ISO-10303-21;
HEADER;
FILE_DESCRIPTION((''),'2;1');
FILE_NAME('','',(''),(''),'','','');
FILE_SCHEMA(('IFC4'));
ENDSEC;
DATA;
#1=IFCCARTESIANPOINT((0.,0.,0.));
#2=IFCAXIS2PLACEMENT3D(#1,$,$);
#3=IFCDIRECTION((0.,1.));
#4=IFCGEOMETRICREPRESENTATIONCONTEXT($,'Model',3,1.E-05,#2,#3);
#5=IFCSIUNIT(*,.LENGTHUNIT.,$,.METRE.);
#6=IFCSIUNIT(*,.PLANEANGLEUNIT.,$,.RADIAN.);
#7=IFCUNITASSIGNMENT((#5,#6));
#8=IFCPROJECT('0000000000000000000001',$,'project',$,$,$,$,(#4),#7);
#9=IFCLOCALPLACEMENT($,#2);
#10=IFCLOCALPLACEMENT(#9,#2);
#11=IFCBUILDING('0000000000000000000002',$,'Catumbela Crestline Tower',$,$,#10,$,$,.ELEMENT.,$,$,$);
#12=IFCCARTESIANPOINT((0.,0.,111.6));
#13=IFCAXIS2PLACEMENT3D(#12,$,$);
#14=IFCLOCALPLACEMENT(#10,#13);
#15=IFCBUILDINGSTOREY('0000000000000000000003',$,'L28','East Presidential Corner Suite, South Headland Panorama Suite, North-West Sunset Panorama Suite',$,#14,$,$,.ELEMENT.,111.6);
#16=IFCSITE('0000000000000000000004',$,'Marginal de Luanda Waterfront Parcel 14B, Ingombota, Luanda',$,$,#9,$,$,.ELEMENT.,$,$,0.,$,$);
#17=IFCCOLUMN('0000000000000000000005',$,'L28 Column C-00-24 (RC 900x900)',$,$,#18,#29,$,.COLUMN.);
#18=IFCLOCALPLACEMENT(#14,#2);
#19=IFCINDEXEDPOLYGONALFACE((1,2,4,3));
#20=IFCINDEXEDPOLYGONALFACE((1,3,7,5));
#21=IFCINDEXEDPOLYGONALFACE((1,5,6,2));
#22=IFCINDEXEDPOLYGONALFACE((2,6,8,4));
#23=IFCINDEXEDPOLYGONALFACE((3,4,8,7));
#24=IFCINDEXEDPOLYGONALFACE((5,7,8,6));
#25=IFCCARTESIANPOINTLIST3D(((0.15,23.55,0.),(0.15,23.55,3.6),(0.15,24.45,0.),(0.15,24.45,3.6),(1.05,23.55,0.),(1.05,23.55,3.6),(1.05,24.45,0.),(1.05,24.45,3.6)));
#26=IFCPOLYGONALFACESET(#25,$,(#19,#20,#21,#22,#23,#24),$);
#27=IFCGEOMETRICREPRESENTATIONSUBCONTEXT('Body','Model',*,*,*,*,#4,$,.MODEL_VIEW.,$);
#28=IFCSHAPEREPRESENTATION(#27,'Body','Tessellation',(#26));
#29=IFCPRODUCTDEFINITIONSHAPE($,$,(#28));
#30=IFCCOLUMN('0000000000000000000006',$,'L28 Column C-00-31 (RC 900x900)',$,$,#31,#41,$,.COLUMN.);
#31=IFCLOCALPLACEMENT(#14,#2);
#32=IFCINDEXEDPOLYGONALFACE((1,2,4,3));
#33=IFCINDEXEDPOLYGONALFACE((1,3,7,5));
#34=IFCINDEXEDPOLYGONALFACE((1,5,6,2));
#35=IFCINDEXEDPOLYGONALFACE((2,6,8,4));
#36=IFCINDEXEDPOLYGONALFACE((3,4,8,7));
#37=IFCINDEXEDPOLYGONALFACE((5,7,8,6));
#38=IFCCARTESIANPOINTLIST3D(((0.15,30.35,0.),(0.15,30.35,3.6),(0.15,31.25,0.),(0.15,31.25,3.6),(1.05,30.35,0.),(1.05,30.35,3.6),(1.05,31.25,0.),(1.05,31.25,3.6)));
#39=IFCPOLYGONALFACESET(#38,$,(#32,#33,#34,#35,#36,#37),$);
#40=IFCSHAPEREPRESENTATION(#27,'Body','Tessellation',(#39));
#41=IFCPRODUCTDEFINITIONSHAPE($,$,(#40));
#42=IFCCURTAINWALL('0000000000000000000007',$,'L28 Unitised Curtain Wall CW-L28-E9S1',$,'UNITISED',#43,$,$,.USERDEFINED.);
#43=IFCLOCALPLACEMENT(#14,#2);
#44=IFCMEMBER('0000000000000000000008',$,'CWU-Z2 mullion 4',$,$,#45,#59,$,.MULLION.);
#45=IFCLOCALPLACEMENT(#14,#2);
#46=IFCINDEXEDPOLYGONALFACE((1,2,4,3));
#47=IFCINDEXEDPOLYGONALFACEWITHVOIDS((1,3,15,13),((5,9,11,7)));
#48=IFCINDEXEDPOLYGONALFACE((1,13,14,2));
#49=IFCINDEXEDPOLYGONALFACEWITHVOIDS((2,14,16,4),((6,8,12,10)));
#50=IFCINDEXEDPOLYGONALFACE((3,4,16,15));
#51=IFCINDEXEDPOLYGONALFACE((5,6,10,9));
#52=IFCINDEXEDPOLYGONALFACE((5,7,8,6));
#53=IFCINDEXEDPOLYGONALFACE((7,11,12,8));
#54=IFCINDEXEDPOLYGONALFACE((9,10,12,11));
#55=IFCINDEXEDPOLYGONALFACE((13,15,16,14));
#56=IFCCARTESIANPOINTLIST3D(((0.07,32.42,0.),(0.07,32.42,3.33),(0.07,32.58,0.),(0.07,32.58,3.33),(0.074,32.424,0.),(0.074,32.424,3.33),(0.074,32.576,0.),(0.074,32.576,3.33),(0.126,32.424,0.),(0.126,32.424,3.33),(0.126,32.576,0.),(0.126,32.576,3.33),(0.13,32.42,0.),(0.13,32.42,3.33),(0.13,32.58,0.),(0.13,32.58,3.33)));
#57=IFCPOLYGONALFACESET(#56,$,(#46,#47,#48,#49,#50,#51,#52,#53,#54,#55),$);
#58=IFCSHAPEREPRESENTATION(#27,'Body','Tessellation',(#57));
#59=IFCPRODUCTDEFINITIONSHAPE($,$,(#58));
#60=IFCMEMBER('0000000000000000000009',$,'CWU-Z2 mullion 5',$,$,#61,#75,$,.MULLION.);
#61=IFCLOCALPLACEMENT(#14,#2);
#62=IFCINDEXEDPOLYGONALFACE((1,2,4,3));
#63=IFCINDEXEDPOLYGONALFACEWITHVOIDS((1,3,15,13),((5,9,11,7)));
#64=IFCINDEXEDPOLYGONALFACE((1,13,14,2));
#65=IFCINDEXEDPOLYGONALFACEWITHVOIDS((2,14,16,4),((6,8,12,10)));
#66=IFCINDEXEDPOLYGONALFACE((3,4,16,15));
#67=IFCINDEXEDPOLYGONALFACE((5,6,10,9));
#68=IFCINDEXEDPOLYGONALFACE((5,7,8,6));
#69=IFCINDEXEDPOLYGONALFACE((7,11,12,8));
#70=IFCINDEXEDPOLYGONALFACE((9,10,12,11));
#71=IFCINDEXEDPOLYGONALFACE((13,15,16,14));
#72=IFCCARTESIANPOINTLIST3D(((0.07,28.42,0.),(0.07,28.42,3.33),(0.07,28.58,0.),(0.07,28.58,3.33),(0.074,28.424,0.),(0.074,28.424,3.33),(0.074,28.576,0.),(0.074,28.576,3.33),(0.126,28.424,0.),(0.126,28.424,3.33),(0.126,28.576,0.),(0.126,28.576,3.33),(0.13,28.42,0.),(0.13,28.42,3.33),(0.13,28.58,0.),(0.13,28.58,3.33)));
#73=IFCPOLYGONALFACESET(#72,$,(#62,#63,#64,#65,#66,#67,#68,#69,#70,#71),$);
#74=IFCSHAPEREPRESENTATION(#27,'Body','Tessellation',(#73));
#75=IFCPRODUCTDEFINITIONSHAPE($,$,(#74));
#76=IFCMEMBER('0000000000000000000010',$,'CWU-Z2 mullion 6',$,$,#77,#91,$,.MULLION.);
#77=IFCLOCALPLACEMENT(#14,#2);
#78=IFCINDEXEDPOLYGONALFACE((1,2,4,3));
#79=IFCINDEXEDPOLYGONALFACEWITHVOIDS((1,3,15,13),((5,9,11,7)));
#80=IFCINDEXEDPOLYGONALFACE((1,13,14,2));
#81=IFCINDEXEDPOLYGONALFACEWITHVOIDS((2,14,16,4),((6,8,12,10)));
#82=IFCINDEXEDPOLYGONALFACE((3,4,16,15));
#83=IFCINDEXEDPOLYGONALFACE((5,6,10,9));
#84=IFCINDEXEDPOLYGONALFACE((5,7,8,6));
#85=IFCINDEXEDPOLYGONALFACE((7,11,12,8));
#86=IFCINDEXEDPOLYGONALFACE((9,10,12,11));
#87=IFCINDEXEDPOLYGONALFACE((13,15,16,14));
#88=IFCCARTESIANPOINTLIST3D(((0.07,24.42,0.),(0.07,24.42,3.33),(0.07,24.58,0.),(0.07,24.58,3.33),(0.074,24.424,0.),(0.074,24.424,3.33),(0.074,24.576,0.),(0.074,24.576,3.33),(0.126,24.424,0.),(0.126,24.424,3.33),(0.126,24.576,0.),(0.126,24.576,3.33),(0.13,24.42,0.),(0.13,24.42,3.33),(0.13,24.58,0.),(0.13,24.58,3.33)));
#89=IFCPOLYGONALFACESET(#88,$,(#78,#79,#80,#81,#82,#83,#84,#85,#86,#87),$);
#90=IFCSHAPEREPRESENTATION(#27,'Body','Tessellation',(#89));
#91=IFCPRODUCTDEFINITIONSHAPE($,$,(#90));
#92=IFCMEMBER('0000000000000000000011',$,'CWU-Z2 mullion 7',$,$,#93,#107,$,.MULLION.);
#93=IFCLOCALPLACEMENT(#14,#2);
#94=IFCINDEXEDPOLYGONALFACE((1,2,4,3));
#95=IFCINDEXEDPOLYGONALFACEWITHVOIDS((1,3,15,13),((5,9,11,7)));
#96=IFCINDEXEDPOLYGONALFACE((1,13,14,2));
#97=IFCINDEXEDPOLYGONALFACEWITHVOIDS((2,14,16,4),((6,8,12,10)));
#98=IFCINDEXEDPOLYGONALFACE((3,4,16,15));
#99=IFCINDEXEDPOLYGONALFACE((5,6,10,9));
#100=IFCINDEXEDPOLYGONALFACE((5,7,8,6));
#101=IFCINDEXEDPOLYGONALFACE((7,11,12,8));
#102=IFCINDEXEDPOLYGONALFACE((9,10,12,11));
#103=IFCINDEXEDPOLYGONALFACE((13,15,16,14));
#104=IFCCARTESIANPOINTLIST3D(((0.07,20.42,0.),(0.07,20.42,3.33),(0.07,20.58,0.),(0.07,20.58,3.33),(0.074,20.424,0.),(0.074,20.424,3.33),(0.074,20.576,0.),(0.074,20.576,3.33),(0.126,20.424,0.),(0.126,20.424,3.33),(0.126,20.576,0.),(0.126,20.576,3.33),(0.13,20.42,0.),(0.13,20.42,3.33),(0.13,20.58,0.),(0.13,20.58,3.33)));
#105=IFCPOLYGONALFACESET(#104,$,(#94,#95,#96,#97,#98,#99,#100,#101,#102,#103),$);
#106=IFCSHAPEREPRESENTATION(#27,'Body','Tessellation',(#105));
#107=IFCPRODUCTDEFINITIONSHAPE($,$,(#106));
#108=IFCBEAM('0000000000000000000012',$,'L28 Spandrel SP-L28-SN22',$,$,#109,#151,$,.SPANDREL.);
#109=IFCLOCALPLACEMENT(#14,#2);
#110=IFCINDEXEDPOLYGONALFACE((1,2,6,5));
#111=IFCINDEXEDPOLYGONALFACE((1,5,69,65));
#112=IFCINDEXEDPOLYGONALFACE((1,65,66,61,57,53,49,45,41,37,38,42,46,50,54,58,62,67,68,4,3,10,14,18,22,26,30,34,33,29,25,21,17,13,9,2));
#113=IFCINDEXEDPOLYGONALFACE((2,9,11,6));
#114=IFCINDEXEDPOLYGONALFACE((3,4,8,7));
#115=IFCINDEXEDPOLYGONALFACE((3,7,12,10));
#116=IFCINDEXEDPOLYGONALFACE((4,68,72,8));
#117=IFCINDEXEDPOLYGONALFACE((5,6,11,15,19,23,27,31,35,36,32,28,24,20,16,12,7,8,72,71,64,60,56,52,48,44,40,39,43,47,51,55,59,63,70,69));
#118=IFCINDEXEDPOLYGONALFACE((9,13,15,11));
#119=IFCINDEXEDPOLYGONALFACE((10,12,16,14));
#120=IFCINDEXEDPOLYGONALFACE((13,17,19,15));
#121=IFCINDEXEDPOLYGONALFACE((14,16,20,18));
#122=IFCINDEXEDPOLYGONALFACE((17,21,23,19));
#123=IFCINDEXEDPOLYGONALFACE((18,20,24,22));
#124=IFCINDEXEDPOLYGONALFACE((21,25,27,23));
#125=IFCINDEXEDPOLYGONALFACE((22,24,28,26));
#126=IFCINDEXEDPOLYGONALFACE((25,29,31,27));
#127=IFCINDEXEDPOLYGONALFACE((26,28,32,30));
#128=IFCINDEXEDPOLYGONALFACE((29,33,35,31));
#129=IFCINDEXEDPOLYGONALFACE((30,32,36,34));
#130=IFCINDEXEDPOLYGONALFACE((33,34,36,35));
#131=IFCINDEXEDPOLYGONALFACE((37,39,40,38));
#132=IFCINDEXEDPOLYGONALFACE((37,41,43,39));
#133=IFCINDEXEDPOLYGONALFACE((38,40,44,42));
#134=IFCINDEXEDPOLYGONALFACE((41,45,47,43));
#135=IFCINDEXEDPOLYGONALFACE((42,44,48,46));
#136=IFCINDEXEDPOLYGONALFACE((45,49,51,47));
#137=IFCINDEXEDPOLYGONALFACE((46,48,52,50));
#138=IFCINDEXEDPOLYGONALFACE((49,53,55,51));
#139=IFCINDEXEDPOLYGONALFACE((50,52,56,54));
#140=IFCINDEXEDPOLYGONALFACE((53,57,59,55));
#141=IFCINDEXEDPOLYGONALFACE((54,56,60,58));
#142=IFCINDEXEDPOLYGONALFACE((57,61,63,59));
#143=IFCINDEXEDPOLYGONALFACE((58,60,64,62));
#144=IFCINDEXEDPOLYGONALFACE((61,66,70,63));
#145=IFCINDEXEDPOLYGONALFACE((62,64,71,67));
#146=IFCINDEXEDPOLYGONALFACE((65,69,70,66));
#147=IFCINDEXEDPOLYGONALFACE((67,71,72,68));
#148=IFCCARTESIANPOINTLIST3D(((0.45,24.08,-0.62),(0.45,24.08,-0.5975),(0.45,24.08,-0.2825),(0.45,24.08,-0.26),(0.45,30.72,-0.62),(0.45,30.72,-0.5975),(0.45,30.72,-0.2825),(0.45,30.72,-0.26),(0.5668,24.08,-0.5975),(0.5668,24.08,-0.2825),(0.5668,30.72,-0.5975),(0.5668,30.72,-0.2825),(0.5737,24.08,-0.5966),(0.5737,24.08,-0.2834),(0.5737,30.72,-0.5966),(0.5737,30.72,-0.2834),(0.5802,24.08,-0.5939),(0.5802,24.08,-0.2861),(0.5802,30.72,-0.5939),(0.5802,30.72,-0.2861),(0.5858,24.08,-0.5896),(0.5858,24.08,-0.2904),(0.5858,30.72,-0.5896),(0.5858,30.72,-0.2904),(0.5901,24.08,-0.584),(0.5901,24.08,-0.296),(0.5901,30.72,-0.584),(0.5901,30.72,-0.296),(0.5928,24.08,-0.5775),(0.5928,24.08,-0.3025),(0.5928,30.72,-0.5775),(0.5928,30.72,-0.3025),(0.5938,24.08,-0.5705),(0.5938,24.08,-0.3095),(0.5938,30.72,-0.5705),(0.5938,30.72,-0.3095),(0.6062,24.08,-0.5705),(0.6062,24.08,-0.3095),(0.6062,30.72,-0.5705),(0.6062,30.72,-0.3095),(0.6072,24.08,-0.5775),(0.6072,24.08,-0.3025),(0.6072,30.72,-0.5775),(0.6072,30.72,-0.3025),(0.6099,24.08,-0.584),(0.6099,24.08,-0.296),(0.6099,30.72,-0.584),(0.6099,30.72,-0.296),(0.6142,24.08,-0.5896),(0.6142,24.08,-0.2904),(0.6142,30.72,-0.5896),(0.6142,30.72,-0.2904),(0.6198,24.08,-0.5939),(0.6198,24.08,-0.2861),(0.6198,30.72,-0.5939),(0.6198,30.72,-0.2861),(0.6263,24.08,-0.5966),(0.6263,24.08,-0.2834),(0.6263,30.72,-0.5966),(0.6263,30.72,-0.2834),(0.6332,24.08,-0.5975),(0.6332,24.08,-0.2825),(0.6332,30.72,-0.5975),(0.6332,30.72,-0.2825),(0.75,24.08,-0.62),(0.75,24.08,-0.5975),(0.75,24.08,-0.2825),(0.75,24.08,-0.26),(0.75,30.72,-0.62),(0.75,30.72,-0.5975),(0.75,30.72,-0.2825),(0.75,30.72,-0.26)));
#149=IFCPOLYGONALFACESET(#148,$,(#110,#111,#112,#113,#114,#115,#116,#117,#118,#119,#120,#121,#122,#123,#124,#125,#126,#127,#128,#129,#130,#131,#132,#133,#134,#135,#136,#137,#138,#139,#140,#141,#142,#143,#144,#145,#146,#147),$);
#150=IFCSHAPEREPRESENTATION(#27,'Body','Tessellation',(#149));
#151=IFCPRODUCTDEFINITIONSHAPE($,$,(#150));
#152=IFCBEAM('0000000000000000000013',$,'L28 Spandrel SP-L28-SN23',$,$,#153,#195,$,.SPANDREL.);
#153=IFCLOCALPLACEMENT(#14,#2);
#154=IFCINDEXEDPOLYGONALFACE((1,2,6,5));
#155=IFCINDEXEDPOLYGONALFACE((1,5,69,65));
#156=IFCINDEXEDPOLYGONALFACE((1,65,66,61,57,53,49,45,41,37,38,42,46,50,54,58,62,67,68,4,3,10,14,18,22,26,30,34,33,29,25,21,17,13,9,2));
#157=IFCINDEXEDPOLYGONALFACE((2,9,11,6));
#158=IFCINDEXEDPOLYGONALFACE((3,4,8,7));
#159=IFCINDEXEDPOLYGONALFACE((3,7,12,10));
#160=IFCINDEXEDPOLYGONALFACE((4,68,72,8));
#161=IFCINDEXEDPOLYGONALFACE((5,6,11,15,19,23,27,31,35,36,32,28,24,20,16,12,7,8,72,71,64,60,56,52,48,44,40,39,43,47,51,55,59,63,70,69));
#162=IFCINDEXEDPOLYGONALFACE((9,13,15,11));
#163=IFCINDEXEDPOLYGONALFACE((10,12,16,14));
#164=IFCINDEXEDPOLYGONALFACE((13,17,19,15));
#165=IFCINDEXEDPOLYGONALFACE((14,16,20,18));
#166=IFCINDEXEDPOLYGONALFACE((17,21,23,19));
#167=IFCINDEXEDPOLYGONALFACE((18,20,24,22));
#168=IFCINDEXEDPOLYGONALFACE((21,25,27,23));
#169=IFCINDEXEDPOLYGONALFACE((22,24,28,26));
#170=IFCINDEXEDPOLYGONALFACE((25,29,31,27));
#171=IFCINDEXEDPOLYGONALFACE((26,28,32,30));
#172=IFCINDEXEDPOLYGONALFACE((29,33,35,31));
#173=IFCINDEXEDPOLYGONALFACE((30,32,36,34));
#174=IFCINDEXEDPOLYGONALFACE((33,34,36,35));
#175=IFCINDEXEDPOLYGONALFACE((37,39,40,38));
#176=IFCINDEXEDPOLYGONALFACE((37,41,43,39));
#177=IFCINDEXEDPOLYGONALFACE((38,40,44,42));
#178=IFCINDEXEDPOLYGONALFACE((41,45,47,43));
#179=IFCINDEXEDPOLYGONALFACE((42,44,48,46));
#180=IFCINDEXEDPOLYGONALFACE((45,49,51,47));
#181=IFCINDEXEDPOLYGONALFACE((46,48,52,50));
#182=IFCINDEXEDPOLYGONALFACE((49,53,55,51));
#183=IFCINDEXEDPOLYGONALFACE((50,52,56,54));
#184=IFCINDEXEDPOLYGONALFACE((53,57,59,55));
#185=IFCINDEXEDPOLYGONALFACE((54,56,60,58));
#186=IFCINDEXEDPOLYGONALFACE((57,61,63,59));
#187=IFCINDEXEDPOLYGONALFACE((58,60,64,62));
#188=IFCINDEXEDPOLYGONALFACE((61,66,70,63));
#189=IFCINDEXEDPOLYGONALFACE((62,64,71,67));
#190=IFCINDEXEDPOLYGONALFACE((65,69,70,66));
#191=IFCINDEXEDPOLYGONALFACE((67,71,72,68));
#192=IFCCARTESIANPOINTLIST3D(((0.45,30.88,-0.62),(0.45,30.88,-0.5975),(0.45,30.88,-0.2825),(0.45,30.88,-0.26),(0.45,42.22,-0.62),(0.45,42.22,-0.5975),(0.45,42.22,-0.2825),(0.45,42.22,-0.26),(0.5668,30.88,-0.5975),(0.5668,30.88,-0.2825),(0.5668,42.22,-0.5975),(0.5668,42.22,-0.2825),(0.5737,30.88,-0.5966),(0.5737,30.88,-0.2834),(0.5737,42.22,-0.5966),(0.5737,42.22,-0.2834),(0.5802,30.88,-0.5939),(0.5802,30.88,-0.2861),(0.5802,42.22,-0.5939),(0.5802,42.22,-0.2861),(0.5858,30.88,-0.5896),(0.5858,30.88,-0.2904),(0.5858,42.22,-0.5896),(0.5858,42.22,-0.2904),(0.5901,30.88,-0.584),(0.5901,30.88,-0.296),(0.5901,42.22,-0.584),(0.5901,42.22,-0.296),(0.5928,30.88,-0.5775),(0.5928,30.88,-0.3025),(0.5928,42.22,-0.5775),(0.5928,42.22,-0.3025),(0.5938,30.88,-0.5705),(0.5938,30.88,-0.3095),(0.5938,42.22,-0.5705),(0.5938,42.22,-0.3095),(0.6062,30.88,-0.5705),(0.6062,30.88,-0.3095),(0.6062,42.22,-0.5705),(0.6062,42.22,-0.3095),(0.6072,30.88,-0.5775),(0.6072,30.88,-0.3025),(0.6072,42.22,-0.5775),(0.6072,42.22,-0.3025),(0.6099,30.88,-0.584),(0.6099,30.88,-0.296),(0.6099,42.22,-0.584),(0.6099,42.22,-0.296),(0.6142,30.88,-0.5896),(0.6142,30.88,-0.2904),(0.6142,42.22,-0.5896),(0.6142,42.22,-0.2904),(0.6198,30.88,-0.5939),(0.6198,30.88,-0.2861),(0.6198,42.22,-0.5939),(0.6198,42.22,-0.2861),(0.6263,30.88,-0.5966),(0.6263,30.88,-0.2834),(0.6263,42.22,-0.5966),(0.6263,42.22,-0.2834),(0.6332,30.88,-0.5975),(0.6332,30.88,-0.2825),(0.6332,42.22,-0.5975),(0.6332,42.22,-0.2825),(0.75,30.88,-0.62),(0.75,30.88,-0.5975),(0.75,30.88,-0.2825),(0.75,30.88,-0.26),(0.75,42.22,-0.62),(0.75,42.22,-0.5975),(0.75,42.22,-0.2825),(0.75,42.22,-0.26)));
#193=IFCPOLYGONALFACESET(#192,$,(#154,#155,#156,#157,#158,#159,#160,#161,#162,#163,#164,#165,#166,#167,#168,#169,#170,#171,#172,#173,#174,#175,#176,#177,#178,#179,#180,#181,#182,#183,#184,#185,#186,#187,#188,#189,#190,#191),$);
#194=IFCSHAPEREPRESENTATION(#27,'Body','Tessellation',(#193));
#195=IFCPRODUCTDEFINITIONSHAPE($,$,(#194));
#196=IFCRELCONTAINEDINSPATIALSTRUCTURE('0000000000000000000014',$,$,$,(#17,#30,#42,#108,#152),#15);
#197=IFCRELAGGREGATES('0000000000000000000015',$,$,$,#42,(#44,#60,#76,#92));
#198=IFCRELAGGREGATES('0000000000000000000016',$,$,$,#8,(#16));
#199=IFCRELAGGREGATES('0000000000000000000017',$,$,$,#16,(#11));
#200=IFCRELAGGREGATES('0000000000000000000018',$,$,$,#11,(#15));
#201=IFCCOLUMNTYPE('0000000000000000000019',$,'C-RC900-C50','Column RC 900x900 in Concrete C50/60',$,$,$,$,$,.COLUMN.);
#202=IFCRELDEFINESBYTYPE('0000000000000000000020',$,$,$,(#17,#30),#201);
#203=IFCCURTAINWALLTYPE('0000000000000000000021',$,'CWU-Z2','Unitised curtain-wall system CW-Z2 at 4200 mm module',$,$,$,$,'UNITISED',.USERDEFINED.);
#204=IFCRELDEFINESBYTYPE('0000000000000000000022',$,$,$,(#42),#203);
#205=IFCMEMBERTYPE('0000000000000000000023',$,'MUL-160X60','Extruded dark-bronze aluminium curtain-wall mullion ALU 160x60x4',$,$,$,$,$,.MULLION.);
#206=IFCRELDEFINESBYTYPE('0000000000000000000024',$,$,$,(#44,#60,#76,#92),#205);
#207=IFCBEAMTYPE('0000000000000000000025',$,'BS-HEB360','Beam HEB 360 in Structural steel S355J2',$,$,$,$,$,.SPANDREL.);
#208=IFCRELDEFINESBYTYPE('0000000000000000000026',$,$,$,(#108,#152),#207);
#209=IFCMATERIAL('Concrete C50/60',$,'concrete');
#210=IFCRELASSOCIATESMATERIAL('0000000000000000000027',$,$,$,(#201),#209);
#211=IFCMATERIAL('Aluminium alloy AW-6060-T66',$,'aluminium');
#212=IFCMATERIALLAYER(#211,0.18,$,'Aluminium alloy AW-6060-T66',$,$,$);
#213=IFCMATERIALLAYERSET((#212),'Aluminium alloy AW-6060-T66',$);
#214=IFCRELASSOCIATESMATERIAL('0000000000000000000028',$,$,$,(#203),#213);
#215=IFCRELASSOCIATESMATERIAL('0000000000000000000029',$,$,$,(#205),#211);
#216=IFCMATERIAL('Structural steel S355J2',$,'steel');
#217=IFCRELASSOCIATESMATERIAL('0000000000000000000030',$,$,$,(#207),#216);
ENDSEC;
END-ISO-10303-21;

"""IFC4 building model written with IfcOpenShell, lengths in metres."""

from ifc_helpers import new_model, si_unit, direction, frame, origin, origin_2d, place, context, subcontext, project, spatial, rectangle, hollow_rectangle, i_section, extrude, material, layer, layer_set, material_profile, profile_set, type_object, element, aggregate, save


model = new_model("IFC4")

# Units and contexts
model_context = context("Model", 3, precision=1e-05, world=origin(), true_north=direction((0.0, 1.0)))
body_context = subcontext(model_context, "Body", "Model", "MODEL_VIEW")
ifc_project = project(units=[si_unit("LENGTHUNIT", "METRE"), si_unit("PLANEANGLEUNIT", "RADIAN")], contexts=[model_context])

# Site, building, storey
site_placement = place(None, origin())
site = spatial("IfcSite", under=ifc_project, at=site_placement, Name="Marginal de Luanda Waterfront Parcel 14B, Ingombota, Luanda", CompositionType="ELEMENT", RefElevation=0.0)
building_placement = place(site_placement, origin())
building = spatial("IfcBuilding", under=site, at=building_placement, Name="Catumbela Crestline Tower", CompositionType="ELEMENT")
storey_placement = place(building_placement, frame((0.0, 0.0, 111.6)))
storey = spatial("IfcBuildingStorey", under=building, at=storey_placement, Name="L28", Description="East Presidential Corner Suite, South Headland Panorama Suite, North-West Sunset Panorama Suite", CompositionType="ELEMENT", Elevation=111.6)

# Columns
ifc_material_1 = material(Name="Concrete C50/60", Category="concrete")
ifc_material_profile_1 = material_profile(ifc_material_1, rectangle(XDim=0.9, YDim=0.9, at=origin_2d()), Name="RC 900x900")
ifc_profile_set_1 = profile_set([ifc_material_profile_1], Name="Concrete C50/60")
column_type = type_object("IfcColumnType", Name="C-RC900-C50", Description="Column RC 900x900 in Concrete C50/60", PredefinedType="COLUMN", material=ifc_profile_set_1)
for number, where, z_axis, x_axis, name in (
    (1, (0.6, 24.0, 0.0), (0.0, 0.0, 1.0), (1.0, 0.0, 0.0), "L28 Column C-00-24 (RC 900x900)"),
    (2, (0.6, 30.8, 0.0), (0.0, 0.0, 1.0), (1.0, 0.0, 0.0), "L28 Column C-00-31 (RC 900x900)"),
):
    element("IfcColumn", number, at=place(storey_placement, frame(where, z_axis=z_axis, x_axis=x_axis)), inside=storey, type_object=column_type, Name=name, PredefinedType="COLUMN", context=body_context, shape_type="SweptSolid", body=[
        extrude(rectangle(XDim=0.9, YDim=0.9, at=origin_2d()), origin(), (0.0, 0.0, 1.0), 3.6),
    ])

# Curtain wall, members
ifc_material_2 = material(Name="Aluminium alloy AW-6060-T66", Category="aluminium")
ifc_layer_1 = layer(ifc_material_2, 0.18, Name="Aluminium alloy AW-6060-T66")
ifc_layer_set_1 = layer_set([ifc_layer_1], Name="Aluminium alloy AW-6060-T66")
curtain_wall_type = type_object("IfcCurtainWallType", Name="CWU-Z2", Description="Unitised curtain-wall system CW-Z2 at 4200 mm module", ElementType="UNITISED", PredefinedType="USERDEFINED", material=ifc_layer_set_1)
curtain_wall_placement = place(storey_placement, origin())
curtain_wall = element("IfcCurtainWall", 3, at=curtain_wall_placement, inside=storey, type_object=curtain_wall_type, Name="L28 Unitised Curtain Wall CW-L28-E9S1", ObjectType="UNITISED", PredefinedType="USERDEFINED")
ifc_material_profile_2 = material_profile(ifc_material_2, hollow_rectangle(XDim=0.06, YDim=0.16, WallThickness=0.004, at=origin_2d()), Name="ALU 160x60x4")
ifc_profile_set_2 = profile_set([ifc_material_profile_2], Name="Aluminium alloy AW-6060-T66")
member_type_1 = type_object("IfcMemberType", Name="MUL-160X60", Description="Extruded dark-bronze aluminium curtain-wall mullion ALU 160x60x4", PredefinedType="MULLION", material=ifc_profile_set_2)
member_1_placement = place(storey_placement, frame((0.1, 32.5, 0.0), z_axis=(0.0, 0.0, 1.0), x_axis=(1.0, 0.0, 0.0)))
member_1 = element("IfcMember", 4, at=member_1_placement, type_object=member_type_1, Name="CWU-Z2 mullion 4", PredefinedType="MULLION", context=body_context, shape_type="SweptSolid", body=[
    extrude(hollow_rectangle(XDim=0.06, YDim=0.16, WallThickness=0.004, at=origin_2d()), origin(), (0.0, 0.0, 1.0), 3.33),
])
member_2_placement = place(storey_placement, frame((0.1, 28.5, 0.0), z_axis=(0.0, 0.0, 1.0), x_axis=(1.0, 0.0, 0.0)))
member_2 = element("IfcMember", 5, at=member_2_placement, type_object=member_type_1, Name="CWU-Z2 mullion 5", PredefinedType="MULLION", context=body_context, shape_type="SweptSolid", body=[
    extrude(hollow_rectangle(XDim=0.06, YDim=0.16, WallThickness=0.004, at=origin_2d()), origin(), (0.0, 0.0, 1.0), 3.33),
])
member_3_placement = place(storey_placement, frame((0.1, 24.5, 0.0), z_axis=(0.0, 0.0, 1.0), x_axis=(1.0, 0.0, 0.0)))
member_3 = element("IfcMember", 6, at=member_3_placement, type_object=member_type_1, Name="CWU-Z2 mullion 6", PredefinedType="MULLION", context=body_context, shape_type="SweptSolid", body=[
    extrude(hollow_rectangle(XDim=0.06, YDim=0.16, WallThickness=0.004, at=origin_2d()), origin(), (0.0, 0.0, 1.0), 3.33),
])
member_4_placement = place(storey_placement, frame((0.1, 20.5, 0.0), z_axis=(0.0, 0.0, 1.0), x_axis=(1.0, 0.0, 0.0)))
member_4 = element("IfcMember", 7, at=member_4_placement, type_object=member_type_1, Name="CWU-Z2 mullion 7", PredefinedType="MULLION", context=body_context, shape_type="SweptSolid", body=[
    extrude(hollow_rectangle(XDim=0.06, YDim=0.16, WallThickness=0.004, at=origin_2d()), origin(), (0.0, 0.0, 1.0), 3.33),
])

# Beams
ifc_material_3 = material(Name="Structural steel S355J2", Category="steel")
ifc_material_profile_3 = material_profile(ifc_material_3, i_section(OverallWidth=0.3, OverallDepth=0.36, WebThickness=0.0125, FlangeThickness=0.0225, FilletRadius=0.027, at=origin_2d()), Name="HEB 360")
ifc_profile_set_3 = profile_set([ifc_material_profile_3], Name="Structural steel S355J2")
beam_type = type_object("IfcBeamType", Name="BS-HEB360", Description="Beam HEB 360 in Structural steel S355J2", PredefinedType="SPANDREL", material=ifc_profile_set_3)
beam_1_placement = place(storey_placement, frame((0.6, 24.08, -0.44), z_axis=(0.0, 1.0, 0.0), x_axis=(-1.0, 0.0, 0.0)))
element("IfcBeam", 8, at=beam_1_placement, inside=storey, type_object=beam_type, Name="L28 Spandrel SP-L28-SN22", PredefinedType="SPANDREL", context=body_context, shape_type="SweptSolid", body=[
    extrude(i_section(OverallWidth=0.3, OverallDepth=0.36, WebThickness=0.0125, FlangeThickness=0.0225, FilletRadius=0.027, at=origin_2d()), origin(), (0.0, 0.0, 1.0), 6.64),
])
beam_2_placement = place(storey_placement, frame((0.6, 30.88, -0.44), z_axis=(0.0, 1.0, 0.0), x_axis=(-1.0, 0.0, 0.0)))
element("IfcBeam", 9, at=beam_2_placement, inside=storey, type_object=beam_type, Name="L28 Spandrel SP-L28-SN23", PredefinedType="SPANDREL", context=body_context, shape_type="SweptSolid", body=[
    extrude(i_section(OverallWidth=0.3, OverallDepth=0.36, WebThickness=0.0125, FlangeThickness=0.0225, FilletRadius=0.027, at=origin_2d()), origin(), (0.0, 0.0, 1.0), 11.34),
])

aggregate(curtain_wall, [member_1, member_2, member_3, member_4])

save(model, "model.ifc")
